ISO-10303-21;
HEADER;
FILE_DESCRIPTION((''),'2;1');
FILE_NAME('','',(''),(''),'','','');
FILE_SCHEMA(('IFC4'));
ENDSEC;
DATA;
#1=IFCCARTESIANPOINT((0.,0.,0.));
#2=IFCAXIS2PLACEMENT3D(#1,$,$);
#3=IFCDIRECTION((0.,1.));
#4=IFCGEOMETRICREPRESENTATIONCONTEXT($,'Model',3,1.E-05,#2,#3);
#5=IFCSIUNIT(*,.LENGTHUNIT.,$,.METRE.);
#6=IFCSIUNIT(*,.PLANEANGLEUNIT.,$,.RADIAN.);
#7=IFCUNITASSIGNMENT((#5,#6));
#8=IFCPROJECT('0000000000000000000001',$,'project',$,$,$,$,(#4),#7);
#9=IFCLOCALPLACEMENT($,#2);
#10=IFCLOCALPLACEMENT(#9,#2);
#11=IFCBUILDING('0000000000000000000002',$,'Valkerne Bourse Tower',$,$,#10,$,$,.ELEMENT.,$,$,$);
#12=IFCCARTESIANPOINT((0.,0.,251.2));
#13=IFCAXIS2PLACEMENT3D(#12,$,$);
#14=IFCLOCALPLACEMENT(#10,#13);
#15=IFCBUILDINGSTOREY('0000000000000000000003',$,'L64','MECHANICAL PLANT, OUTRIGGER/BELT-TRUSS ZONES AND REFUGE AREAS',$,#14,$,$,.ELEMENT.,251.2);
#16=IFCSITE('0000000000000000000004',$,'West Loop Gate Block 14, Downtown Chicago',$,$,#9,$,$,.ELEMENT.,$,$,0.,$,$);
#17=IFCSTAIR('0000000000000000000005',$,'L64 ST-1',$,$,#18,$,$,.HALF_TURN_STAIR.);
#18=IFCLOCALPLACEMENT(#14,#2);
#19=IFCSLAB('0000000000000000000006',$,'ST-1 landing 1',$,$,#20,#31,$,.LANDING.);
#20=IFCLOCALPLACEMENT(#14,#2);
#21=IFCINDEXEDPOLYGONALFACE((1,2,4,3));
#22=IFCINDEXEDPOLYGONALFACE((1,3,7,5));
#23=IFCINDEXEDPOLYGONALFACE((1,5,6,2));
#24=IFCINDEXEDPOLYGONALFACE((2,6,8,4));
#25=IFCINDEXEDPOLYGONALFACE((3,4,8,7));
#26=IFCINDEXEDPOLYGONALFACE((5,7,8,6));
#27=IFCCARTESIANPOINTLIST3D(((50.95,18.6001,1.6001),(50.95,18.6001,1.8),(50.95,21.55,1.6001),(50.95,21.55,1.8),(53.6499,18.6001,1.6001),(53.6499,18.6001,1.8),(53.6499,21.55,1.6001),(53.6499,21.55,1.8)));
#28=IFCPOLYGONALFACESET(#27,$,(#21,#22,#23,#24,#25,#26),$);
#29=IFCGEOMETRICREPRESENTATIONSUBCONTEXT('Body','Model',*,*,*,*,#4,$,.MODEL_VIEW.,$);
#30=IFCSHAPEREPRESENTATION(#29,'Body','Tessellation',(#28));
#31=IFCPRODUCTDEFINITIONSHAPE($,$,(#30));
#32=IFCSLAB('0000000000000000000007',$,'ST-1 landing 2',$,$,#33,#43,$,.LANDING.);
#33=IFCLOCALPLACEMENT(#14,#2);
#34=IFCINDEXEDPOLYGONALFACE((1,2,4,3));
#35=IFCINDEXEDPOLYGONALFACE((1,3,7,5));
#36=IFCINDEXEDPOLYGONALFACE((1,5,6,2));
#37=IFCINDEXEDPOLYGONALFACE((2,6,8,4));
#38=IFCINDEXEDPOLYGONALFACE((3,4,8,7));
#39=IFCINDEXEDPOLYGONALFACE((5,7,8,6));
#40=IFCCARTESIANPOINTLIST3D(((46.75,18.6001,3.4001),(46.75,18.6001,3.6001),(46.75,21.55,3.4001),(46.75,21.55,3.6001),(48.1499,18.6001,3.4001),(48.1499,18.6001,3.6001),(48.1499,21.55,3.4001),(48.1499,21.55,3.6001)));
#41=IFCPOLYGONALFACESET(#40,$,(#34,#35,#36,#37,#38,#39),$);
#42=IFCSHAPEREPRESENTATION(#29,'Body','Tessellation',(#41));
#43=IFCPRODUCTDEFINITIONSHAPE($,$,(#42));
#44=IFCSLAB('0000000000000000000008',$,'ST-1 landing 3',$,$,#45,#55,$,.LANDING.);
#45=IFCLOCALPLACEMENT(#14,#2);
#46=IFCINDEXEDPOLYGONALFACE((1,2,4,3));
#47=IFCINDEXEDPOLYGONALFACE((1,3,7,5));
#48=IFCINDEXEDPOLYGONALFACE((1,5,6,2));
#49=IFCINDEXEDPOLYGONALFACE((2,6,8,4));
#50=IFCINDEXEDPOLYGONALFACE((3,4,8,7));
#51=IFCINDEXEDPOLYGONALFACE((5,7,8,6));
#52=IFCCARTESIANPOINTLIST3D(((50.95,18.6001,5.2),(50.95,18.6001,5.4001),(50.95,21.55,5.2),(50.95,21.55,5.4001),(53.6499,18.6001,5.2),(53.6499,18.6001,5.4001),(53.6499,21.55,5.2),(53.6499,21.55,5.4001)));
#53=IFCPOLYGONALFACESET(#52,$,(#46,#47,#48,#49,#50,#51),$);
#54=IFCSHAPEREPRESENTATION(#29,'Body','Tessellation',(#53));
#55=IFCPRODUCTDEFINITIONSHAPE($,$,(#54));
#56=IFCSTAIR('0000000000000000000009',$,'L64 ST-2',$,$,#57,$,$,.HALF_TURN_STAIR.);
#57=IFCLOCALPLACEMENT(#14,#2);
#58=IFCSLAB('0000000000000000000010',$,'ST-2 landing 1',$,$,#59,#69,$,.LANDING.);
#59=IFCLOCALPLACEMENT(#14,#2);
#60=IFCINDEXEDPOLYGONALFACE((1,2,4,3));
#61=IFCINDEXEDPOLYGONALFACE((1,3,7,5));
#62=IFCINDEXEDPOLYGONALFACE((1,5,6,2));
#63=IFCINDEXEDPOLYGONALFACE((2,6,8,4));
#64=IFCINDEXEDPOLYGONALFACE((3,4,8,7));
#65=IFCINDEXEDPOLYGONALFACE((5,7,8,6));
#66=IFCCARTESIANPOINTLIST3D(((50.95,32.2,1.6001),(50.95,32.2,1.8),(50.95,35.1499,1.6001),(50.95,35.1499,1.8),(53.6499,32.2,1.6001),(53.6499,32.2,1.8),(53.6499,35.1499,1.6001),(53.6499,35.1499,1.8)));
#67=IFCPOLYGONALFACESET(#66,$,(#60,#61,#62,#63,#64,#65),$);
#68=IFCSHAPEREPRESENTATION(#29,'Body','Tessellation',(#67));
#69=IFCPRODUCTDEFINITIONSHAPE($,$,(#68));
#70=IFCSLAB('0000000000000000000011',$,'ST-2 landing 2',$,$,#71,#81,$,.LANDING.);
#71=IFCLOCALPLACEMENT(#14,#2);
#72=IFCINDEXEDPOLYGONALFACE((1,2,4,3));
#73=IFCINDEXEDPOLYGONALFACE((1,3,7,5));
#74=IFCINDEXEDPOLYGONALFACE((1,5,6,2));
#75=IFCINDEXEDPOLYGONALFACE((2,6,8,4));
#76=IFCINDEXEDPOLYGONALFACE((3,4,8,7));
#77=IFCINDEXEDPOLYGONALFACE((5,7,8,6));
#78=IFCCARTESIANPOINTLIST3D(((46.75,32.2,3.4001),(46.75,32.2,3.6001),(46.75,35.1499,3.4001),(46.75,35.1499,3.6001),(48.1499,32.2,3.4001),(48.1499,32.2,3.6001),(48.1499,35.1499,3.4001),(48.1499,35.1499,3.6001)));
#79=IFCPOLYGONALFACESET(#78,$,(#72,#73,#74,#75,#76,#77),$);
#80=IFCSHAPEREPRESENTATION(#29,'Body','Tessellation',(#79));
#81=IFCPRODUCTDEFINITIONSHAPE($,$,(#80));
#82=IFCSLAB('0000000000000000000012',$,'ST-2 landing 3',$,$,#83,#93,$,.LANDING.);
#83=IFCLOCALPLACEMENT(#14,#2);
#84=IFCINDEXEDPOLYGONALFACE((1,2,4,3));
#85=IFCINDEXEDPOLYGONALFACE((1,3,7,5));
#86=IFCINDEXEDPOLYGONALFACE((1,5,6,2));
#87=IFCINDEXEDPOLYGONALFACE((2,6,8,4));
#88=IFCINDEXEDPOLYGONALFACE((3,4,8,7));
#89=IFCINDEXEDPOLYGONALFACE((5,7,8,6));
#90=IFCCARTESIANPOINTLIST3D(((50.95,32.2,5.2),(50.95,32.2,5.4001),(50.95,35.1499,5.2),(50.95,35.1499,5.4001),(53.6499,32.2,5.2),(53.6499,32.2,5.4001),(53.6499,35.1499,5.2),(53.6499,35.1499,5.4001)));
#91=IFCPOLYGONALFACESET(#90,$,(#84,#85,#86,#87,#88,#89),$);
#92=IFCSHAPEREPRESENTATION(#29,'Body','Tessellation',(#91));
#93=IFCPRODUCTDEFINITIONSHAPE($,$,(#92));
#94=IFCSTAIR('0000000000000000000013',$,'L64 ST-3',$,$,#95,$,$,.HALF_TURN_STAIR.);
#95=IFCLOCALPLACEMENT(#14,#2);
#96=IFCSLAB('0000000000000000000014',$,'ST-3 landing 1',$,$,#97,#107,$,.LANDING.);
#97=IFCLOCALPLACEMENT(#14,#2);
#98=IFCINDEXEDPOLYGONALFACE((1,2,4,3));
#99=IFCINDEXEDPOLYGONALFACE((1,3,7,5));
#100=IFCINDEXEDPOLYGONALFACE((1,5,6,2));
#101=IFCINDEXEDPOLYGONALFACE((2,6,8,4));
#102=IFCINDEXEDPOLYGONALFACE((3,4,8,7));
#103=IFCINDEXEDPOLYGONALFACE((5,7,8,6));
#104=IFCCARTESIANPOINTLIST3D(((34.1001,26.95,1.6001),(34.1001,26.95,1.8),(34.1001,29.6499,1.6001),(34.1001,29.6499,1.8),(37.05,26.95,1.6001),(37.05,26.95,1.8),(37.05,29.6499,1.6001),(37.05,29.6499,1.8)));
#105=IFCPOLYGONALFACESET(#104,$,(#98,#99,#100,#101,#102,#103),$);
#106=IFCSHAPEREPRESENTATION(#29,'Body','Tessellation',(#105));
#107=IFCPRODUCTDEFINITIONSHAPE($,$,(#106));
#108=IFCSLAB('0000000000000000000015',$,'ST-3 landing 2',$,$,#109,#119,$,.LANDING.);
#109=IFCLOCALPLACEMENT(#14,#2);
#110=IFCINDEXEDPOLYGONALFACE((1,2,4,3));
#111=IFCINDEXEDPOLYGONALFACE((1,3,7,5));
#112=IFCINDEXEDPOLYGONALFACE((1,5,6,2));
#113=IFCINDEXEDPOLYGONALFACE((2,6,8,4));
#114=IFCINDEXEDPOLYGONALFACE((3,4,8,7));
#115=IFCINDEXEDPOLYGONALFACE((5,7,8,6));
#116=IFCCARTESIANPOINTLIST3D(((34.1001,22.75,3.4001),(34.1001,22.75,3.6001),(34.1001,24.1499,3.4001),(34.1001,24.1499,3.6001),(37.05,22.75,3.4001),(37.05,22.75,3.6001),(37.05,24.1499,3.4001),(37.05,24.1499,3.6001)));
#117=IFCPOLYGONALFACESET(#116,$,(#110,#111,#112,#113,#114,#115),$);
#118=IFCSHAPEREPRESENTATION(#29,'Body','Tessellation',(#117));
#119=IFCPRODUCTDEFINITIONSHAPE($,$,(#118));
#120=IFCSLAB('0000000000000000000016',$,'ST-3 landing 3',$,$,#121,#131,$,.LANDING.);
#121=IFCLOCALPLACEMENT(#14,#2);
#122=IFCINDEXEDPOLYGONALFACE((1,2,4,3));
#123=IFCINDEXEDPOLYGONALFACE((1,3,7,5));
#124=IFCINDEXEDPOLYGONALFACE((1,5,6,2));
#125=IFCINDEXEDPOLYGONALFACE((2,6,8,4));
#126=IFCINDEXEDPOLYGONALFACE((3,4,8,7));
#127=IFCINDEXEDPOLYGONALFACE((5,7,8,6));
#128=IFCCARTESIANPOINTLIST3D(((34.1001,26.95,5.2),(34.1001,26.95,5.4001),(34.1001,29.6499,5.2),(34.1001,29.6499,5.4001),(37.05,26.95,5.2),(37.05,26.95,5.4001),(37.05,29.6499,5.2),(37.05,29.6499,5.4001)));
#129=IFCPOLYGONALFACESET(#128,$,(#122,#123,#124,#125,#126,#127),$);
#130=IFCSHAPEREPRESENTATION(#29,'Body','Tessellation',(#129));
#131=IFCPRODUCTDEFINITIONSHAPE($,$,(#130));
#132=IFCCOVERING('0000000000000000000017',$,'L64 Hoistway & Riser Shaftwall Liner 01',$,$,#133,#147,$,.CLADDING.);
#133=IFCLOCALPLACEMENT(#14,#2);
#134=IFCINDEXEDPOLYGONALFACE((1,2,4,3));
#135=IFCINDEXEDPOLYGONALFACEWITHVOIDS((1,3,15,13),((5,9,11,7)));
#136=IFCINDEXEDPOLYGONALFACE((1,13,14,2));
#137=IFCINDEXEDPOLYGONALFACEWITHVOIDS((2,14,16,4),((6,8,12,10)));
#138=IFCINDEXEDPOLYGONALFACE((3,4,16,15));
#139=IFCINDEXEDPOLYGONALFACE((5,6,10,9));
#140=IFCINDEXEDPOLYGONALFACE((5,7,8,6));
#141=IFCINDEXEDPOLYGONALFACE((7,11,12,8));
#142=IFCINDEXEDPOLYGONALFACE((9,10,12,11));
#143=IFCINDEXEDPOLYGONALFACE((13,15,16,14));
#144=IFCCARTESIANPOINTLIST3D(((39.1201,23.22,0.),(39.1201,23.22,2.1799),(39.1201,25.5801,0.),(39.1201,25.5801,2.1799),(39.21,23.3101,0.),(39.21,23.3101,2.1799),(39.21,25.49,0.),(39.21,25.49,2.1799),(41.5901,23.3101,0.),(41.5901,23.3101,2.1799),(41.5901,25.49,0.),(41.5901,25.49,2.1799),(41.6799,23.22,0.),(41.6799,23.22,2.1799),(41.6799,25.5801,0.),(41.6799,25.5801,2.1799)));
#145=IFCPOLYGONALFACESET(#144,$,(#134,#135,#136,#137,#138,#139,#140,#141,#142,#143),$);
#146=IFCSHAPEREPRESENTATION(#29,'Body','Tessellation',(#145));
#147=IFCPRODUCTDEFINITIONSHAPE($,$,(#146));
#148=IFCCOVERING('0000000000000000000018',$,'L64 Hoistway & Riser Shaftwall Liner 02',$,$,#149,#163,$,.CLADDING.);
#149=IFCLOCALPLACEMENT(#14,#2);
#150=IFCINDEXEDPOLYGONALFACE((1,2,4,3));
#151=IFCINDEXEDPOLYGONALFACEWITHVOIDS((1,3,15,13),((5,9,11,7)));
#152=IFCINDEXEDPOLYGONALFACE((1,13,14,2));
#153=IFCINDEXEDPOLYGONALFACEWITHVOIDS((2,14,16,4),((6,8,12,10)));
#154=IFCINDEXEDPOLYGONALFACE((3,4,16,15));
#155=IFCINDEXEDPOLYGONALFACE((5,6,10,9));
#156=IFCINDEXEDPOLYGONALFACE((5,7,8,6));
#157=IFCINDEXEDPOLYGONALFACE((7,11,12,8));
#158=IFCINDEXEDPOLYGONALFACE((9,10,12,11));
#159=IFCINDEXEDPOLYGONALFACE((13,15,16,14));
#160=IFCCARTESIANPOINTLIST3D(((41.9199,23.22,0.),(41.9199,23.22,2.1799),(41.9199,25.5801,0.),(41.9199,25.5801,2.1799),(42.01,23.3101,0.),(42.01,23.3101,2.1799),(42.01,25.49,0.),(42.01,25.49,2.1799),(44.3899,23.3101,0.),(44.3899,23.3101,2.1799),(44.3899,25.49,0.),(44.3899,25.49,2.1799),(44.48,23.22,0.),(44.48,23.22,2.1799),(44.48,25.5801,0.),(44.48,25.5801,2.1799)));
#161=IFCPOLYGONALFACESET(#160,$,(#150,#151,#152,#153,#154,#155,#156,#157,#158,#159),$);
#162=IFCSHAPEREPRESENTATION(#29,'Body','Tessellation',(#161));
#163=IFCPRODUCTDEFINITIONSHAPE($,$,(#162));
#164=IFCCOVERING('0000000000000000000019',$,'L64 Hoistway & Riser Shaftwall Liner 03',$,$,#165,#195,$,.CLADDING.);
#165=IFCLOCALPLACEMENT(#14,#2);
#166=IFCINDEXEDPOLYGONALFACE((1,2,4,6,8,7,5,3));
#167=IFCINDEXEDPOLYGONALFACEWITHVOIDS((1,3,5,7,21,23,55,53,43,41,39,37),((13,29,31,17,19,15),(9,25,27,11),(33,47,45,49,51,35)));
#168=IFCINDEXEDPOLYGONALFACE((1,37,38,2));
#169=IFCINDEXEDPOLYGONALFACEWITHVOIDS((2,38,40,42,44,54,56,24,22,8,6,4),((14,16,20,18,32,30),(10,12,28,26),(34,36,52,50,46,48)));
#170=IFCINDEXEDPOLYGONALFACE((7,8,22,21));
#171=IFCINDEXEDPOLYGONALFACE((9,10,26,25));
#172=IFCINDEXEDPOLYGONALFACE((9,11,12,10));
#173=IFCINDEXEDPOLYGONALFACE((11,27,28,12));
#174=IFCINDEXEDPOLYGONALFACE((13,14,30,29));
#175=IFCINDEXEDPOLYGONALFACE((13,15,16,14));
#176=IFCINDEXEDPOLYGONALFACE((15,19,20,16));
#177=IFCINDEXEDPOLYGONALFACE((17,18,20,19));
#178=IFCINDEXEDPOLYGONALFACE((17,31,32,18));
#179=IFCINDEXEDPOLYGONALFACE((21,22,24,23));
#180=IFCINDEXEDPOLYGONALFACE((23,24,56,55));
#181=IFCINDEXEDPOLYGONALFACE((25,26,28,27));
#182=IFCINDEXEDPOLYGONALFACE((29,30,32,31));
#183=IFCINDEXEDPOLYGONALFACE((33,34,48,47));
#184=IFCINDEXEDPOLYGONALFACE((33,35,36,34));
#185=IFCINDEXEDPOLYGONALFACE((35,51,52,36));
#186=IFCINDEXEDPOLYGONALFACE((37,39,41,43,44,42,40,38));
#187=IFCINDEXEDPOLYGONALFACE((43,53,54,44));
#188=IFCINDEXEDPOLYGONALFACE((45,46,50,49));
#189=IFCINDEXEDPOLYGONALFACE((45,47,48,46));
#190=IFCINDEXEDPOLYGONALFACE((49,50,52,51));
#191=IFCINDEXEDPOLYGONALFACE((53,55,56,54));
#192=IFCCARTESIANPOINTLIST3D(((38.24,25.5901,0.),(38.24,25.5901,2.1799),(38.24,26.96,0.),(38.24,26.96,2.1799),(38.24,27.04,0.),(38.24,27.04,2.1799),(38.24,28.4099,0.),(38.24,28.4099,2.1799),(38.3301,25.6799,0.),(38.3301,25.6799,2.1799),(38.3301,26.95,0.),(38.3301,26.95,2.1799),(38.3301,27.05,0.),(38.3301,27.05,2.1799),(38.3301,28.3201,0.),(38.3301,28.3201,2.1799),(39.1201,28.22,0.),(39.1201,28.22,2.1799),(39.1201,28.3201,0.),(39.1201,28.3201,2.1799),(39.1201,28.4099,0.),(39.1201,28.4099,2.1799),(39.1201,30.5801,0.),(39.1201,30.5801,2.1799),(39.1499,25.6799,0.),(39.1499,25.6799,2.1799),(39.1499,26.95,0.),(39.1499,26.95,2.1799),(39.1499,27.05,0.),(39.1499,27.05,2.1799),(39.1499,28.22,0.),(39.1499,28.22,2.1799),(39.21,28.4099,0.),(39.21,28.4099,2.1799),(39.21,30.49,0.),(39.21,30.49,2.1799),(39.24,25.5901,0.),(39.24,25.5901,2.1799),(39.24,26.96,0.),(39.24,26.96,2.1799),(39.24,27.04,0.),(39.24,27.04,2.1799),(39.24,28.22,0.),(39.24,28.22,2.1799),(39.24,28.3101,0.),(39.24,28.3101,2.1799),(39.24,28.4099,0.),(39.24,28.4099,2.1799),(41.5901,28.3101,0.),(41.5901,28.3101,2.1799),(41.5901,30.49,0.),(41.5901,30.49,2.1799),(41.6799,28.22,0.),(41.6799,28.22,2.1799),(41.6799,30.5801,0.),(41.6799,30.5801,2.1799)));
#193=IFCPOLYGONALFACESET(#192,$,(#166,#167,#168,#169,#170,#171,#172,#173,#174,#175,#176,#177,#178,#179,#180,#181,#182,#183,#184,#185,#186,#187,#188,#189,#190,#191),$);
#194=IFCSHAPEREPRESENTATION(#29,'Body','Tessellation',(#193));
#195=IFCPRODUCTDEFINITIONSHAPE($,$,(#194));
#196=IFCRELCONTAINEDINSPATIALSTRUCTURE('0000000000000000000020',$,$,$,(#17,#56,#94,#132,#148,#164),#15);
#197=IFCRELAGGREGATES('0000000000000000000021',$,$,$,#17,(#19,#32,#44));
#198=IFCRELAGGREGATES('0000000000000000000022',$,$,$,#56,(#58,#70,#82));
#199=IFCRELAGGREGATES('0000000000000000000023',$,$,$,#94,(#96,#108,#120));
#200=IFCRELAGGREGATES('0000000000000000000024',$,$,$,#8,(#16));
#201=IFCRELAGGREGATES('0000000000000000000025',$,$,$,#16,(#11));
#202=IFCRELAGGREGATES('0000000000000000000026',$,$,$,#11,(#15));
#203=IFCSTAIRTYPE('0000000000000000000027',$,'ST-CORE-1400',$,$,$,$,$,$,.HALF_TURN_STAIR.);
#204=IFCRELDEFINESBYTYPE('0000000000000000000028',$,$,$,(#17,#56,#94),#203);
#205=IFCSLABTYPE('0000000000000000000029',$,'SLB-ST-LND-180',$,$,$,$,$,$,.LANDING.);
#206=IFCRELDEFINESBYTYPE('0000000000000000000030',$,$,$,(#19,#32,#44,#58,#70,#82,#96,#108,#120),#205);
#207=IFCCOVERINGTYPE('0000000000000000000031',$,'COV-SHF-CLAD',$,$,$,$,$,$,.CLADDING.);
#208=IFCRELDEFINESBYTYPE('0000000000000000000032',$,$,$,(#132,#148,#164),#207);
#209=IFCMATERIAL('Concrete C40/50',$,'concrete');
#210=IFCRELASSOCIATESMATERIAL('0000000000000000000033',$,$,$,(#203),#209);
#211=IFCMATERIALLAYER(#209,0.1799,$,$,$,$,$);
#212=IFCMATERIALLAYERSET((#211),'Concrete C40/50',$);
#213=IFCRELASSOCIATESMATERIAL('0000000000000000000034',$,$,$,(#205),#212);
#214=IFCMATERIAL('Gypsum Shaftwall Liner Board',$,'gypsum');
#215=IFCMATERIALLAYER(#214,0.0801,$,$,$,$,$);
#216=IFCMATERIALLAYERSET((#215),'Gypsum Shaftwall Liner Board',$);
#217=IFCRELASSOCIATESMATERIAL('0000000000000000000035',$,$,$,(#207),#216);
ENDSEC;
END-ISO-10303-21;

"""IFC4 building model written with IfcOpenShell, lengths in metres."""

from ifc_helpers import new_model, si_unit, direction, frame, origin, place, context, subcontext, project, spatial, polyline, outline, extrude, material, layer, layer_set, type_object, element, aggregate, save


model = new_model("IFC4")

# Units and contexts
model_context = context("Model", 3, precision=1e-05, world=origin(), true_north=direction((0.0, 1.0)))
body_context = subcontext(model_context, "Body", "Model", "MODEL_VIEW")
ifc_project = project(units=[si_unit("LENGTHUNIT", "METRE"), si_unit("PLANEANGLEUNIT", "RADIAN")], contexts=[model_context])

# Site, building, storey
site_placement = place(None, origin())
site = spatial("IfcSite", under=ifc_project, at=site_placement, Name="West Loop Gate Block 14, Downtown Chicago", CompositionType="ELEMENT", RefElevation=0.0)
building_placement = place(site_placement, origin())
building = spatial("IfcBuilding", under=site, at=building_placement, Name="Valkerne Bourse Tower", CompositionType="ELEMENT")
storey_placement = place(building_placement, frame((0.0, 0.0, 251.2)))
storey = spatial("IfcBuildingStorey", under=building, at=storey_placement, Name="L64", Description="MECHANICAL PLANT, OUTRIGGER/BELT-TRUSS ZONES AND REFUGE AREAS", CompositionType="ELEMENT", Elevation=251.2)

# Shared definitions
ifc_material_1 = material(Name="Concrete C40/50", Category="concrete")

# Stairs, slabs
stair_type = type_object("IfcStairType", Name="ST-CORE-1400", PredefinedType="HALF_TURN_STAIR", material=ifc_material_1)
stair_1_placement = place(storey_placement, origin())
stair_1 = element("IfcStair", 1, at=stair_1_placement, inside=storey, type_object=stair_type, Name="L64 ST-1", PredefinedType="HALF_TURN_STAIR")
ifc_layer_1 = layer(ifc_material_1, 0.1799)
ifc_layer_set_1 = layer_set([ifc_layer_1], Name="Concrete C40/50")
slab_type_1 = type_object("IfcSlabType", Name="SLB-ST-LND-180", PredefinedType="LANDING", material=ifc_layer_set_1)
slab_1_placement = place(storey_placement, frame((0.0, 0.0, 1.6001)))
slab_1 = element("IfcSlab", 2, at=slab_1_placement, type_object=slab_type_1, Name="ST-1 landing 1", PredefinedType="LANDING", context=body_context, shape_type="SweptSolid", body=[
    extrude(outline(polyline([(50.95, 18.6001), (53.6499, 18.6001), (53.6499, 21.55), (50.95, 21.55), (50.95, 18.6001)])), origin(), (0.0, 0.0, 1.0), 0.2),
])
slab_2_placement = place(storey_placement, frame((0.0, 0.0, 3.4001)))
slab_2 = element("IfcSlab", 3, at=slab_2_placement, type_object=slab_type_1, Name="ST-1 landing 2", PredefinedType="LANDING", context=body_context, shape_type="SweptSolid", body=[
    extrude(outline(polyline([(46.75, 18.6001), (48.1499, 18.6001), (48.1499, 21.55), (46.75, 21.55), (46.75, 18.6001)])), origin(), (0.0, 0.0, 1.0), 0.2),
])
slab_3_placement = place(storey_placement, frame((0.0, 0.0, 5.2)))
slab_3 = element("IfcSlab", 4, at=slab_3_placement, type_object=slab_type_1, Name="ST-1 landing 3", PredefinedType="LANDING", context=body_context, shape_type="SweptSolid", body=[
    extrude(outline(polyline([(50.95, 18.6001), (53.6499, 18.6001), (53.6499, 21.55), (50.95, 21.55), (50.95, 18.6001)])), origin(), (0.0, 0.0, 1.0), 0.2002),
])
aggregate(stair_1, [slab_1, slab_2, slab_3])
stair_2_placement = place(storey_placement, origin())
stair_2 = element("IfcStair", 5, at=stair_2_placement, inside=storey, type_object=stair_type, Name="L64 ST-2", PredefinedType="HALF_TURN_STAIR")
slab_4_placement = place(storey_placement, frame((0.0, 0.0, 1.6001)))
slab_4 = element("IfcSlab", 6, at=slab_4_placement, type_object=slab_type_1, Name="ST-2 landing 1", PredefinedType="LANDING", context=body_context, shape_type="SweptSolid", body=[
    extrude(outline(polyline([(50.95, 32.2), (53.6499, 32.2), (53.6499, 35.1499), (50.95, 35.1499), (50.95, 32.2)])), origin(), (0.0, 0.0, 1.0), 0.2),
])
slab_5_placement = place(storey_placement, frame((0.0, 0.0, 3.4001)))
slab_5 = element("IfcSlab", 7, at=slab_5_placement, type_object=slab_type_1, Name="ST-2 landing 2", PredefinedType="LANDING", context=body_context, shape_type="SweptSolid", body=[
    extrude(outline(polyline([(46.75, 32.2), (48.1499, 32.2), (48.1499, 35.1499), (46.75, 35.1499), (46.75, 32.2)])), origin(), (0.0, 0.0, 1.0), 0.2),
])
slab_6_placement = place(storey_placement, frame((0.0, 0.0, 5.2)))
slab_6 = element("IfcSlab", 8, at=slab_6_placement, type_object=slab_type_1, Name="ST-2 landing 3", PredefinedType="LANDING", context=body_context, shape_type="SweptSolid", body=[
    extrude(outline(polyline([(50.95, 32.2), (53.6499, 32.2), (53.6499, 35.1499), (50.95, 35.1499), (50.95, 32.2)])), origin(), (0.0, 0.0, 1.0), 0.2002),
])
aggregate(stair_2, [slab_4, slab_5, slab_6])
stair_3_placement = place(storey_placement, origin())
stair_3 = element("IfcStair", 9, at=stair_3_placement, inside=storey, type_object=stair_type, Name="L64 ST-3", PredefinedType="HALF_TURN_STAIR")
slab_7_placement = place(storey_placement, frame((0.0, 0.0, 1.6001)))
slab_7 = element("IfcSlab", 10, at=slab_7_placement, type_object=slab_type_1, Name="ST-3 landing 1", PredefinedType="LANDING", context=body_context, shape_type="SweptSolid", body=[
    extrude(outline(polyline([(37.05, 26.95), (37.05, 29.6499), (34.1001, 29.6499), (34.1001, 26.95), (37.05, 26.95)])), origin(), (0.0, 0.0, 1.0), 0.2),
])
slab_8_placement = place(storey_placement, frame((0.0, 0.0, 3.4001)))
slab_8 = element("IfcSlab", 11, at=slab_8_placement, type_object=slab_type_1, Name="ST-3 landing 2", PredefinedType="LANDING", context=body_context, shape_type="SweptSolid", body=[
    extrude(outline(polyline([(37.05, 22.75), (37.05, 24.1499), (34.1001, 24.1499), (34.1001, 22.75), (37.05, 22.75)])), origin(), (0.0, 0.0, 1.0), 0.2),
])
slab_9_placement = place(storey_placement, frame((0.0, 0.0, 5.2)))
slab_9 = element("IfcSlab", 12, at=slab_9_placement, type_object=slab_type_1, Name="ST-3 landing 3", PredefinedType="LANDING", context=body_context, shape_type="SweptSolid", body=[
    extrude(outline(polyline([(37.05, 26.95), (37.05, 29.6499), (34.1001, 29.6499), (34.1001, 26.95), (37.05, 26.95)])), origin(), (0.0, 0.0, 1.0), 0.2002),
])
aggregate(stair_3, [slab_7, slab_8, slab_9])

# Coverings
ifc_material_2 = material(Name="Gypsum Shaftwall Liner Board", Category="gypsum")
ifc_layer_2 = layer(ifc_material_2, 0.0801)
ifc_layer_set_2 = layer_set([ifc_layer_2], Name="Gypsum Shaftwall Liner Board")
covering_type = type_object("IfcCoveringType", Name="COV-SHF-CLAD", PredefinedType="CLADDING", material=ifc_layer_set_2)
covering_1_placement = place(storey_placement, origin())
element("IfcCovering", 13, at=covering_1_placement, inside=storey, type_object=covering_type, Name="L64 Hoistway & Riser Shaftwall Liner 01", PredefinedType="CLADDING", context=body_context, shape_type="SweptSolid", body=[
    extrude(outline(polyline([(41.6799, 25.5801), (41.6799, 23.22), (39.1201, 23.22), (39.1201, 25.5801), (41.6799, 25.5801)]), holes=[polyline([(41.5901, 25.49), (39.21, 25.49), (39.21, 23.3101), (41.5901, 23.3101), (41.5901, 25.49)])]), origin(), (0.0, 0.0, 1.0), 2.1799),
])
covering_2_placement = place(storey_placement, origin())
element("IfcCovering", 14, at=covering_2_placement, inside=storey, type_object=covering_type, Name="L64 Hoistway & Riser Shaftwall Liner 02", PredefinedType="CLADDING", context=body_context, shape_type="SweptSolid", body=[
    extrude(outline(polyline([(44.48, 23.22), (41.9199, 23.22), (41.9199, 25.5801), (44.48, 25.5801), (44.48, 23.22)]), holes=[polyline([(42.01, 25.49), (42.01, 23.3101), (44.3899, 23.3101), (44.3899, 25.49), (42.01, 25.49)])]), origin(), (0.0, 0.0, 1.0), 2.1799),
])
covering_3_placement = place(storey_placement, origin())
element("IfcCovering", 15, at=covering_3_placement, inside=storey, type_object=covering_type, Name="L64 Hoistway & Riser Shaftwall Liner 03", PredefinedType="CLADDING", context=body_context, shape_type="SweptSolid", body=[
    extrude(outline(polyline([(38.24, 28.4099), (39.1201, 28.4099), (39.1201, 30.5801), (41.6799, 30.5801), (41.6799, 28.22), (39.24, 28.22), (39.24, 27.04), (39.24, 26.96), (39.24, 25.5901), (38.24, 25.5901), (38.24, 26.96), (38.24, 27.04), (38.24, 28.4099)]), holes=[polyline([(38.3301, 26.95), (38.3301, 25.6799), (39.1499, 25.6799), (39.1499, 26.95), (38.3301, 26.95)]), polyline([(39.21, 30.49), (39.21, 28.4099), (39.24, 28.4099), (39.24, 28.3101), (41.5901, 28.3101), (41.5901, 30.49), (39.21, 30.49)]), polyline([(38.3301, 27.05), (39.1499, 27.05), (39.1499, 28.22), (39.1201, 28.22), (39.1201, 28.3201), (38.3301, 28.3201), (38.3301, 27.05)])]), origin(), (0.0, 0.0, 1.0), 2.1799),
])

save(model, "model.ifc")
